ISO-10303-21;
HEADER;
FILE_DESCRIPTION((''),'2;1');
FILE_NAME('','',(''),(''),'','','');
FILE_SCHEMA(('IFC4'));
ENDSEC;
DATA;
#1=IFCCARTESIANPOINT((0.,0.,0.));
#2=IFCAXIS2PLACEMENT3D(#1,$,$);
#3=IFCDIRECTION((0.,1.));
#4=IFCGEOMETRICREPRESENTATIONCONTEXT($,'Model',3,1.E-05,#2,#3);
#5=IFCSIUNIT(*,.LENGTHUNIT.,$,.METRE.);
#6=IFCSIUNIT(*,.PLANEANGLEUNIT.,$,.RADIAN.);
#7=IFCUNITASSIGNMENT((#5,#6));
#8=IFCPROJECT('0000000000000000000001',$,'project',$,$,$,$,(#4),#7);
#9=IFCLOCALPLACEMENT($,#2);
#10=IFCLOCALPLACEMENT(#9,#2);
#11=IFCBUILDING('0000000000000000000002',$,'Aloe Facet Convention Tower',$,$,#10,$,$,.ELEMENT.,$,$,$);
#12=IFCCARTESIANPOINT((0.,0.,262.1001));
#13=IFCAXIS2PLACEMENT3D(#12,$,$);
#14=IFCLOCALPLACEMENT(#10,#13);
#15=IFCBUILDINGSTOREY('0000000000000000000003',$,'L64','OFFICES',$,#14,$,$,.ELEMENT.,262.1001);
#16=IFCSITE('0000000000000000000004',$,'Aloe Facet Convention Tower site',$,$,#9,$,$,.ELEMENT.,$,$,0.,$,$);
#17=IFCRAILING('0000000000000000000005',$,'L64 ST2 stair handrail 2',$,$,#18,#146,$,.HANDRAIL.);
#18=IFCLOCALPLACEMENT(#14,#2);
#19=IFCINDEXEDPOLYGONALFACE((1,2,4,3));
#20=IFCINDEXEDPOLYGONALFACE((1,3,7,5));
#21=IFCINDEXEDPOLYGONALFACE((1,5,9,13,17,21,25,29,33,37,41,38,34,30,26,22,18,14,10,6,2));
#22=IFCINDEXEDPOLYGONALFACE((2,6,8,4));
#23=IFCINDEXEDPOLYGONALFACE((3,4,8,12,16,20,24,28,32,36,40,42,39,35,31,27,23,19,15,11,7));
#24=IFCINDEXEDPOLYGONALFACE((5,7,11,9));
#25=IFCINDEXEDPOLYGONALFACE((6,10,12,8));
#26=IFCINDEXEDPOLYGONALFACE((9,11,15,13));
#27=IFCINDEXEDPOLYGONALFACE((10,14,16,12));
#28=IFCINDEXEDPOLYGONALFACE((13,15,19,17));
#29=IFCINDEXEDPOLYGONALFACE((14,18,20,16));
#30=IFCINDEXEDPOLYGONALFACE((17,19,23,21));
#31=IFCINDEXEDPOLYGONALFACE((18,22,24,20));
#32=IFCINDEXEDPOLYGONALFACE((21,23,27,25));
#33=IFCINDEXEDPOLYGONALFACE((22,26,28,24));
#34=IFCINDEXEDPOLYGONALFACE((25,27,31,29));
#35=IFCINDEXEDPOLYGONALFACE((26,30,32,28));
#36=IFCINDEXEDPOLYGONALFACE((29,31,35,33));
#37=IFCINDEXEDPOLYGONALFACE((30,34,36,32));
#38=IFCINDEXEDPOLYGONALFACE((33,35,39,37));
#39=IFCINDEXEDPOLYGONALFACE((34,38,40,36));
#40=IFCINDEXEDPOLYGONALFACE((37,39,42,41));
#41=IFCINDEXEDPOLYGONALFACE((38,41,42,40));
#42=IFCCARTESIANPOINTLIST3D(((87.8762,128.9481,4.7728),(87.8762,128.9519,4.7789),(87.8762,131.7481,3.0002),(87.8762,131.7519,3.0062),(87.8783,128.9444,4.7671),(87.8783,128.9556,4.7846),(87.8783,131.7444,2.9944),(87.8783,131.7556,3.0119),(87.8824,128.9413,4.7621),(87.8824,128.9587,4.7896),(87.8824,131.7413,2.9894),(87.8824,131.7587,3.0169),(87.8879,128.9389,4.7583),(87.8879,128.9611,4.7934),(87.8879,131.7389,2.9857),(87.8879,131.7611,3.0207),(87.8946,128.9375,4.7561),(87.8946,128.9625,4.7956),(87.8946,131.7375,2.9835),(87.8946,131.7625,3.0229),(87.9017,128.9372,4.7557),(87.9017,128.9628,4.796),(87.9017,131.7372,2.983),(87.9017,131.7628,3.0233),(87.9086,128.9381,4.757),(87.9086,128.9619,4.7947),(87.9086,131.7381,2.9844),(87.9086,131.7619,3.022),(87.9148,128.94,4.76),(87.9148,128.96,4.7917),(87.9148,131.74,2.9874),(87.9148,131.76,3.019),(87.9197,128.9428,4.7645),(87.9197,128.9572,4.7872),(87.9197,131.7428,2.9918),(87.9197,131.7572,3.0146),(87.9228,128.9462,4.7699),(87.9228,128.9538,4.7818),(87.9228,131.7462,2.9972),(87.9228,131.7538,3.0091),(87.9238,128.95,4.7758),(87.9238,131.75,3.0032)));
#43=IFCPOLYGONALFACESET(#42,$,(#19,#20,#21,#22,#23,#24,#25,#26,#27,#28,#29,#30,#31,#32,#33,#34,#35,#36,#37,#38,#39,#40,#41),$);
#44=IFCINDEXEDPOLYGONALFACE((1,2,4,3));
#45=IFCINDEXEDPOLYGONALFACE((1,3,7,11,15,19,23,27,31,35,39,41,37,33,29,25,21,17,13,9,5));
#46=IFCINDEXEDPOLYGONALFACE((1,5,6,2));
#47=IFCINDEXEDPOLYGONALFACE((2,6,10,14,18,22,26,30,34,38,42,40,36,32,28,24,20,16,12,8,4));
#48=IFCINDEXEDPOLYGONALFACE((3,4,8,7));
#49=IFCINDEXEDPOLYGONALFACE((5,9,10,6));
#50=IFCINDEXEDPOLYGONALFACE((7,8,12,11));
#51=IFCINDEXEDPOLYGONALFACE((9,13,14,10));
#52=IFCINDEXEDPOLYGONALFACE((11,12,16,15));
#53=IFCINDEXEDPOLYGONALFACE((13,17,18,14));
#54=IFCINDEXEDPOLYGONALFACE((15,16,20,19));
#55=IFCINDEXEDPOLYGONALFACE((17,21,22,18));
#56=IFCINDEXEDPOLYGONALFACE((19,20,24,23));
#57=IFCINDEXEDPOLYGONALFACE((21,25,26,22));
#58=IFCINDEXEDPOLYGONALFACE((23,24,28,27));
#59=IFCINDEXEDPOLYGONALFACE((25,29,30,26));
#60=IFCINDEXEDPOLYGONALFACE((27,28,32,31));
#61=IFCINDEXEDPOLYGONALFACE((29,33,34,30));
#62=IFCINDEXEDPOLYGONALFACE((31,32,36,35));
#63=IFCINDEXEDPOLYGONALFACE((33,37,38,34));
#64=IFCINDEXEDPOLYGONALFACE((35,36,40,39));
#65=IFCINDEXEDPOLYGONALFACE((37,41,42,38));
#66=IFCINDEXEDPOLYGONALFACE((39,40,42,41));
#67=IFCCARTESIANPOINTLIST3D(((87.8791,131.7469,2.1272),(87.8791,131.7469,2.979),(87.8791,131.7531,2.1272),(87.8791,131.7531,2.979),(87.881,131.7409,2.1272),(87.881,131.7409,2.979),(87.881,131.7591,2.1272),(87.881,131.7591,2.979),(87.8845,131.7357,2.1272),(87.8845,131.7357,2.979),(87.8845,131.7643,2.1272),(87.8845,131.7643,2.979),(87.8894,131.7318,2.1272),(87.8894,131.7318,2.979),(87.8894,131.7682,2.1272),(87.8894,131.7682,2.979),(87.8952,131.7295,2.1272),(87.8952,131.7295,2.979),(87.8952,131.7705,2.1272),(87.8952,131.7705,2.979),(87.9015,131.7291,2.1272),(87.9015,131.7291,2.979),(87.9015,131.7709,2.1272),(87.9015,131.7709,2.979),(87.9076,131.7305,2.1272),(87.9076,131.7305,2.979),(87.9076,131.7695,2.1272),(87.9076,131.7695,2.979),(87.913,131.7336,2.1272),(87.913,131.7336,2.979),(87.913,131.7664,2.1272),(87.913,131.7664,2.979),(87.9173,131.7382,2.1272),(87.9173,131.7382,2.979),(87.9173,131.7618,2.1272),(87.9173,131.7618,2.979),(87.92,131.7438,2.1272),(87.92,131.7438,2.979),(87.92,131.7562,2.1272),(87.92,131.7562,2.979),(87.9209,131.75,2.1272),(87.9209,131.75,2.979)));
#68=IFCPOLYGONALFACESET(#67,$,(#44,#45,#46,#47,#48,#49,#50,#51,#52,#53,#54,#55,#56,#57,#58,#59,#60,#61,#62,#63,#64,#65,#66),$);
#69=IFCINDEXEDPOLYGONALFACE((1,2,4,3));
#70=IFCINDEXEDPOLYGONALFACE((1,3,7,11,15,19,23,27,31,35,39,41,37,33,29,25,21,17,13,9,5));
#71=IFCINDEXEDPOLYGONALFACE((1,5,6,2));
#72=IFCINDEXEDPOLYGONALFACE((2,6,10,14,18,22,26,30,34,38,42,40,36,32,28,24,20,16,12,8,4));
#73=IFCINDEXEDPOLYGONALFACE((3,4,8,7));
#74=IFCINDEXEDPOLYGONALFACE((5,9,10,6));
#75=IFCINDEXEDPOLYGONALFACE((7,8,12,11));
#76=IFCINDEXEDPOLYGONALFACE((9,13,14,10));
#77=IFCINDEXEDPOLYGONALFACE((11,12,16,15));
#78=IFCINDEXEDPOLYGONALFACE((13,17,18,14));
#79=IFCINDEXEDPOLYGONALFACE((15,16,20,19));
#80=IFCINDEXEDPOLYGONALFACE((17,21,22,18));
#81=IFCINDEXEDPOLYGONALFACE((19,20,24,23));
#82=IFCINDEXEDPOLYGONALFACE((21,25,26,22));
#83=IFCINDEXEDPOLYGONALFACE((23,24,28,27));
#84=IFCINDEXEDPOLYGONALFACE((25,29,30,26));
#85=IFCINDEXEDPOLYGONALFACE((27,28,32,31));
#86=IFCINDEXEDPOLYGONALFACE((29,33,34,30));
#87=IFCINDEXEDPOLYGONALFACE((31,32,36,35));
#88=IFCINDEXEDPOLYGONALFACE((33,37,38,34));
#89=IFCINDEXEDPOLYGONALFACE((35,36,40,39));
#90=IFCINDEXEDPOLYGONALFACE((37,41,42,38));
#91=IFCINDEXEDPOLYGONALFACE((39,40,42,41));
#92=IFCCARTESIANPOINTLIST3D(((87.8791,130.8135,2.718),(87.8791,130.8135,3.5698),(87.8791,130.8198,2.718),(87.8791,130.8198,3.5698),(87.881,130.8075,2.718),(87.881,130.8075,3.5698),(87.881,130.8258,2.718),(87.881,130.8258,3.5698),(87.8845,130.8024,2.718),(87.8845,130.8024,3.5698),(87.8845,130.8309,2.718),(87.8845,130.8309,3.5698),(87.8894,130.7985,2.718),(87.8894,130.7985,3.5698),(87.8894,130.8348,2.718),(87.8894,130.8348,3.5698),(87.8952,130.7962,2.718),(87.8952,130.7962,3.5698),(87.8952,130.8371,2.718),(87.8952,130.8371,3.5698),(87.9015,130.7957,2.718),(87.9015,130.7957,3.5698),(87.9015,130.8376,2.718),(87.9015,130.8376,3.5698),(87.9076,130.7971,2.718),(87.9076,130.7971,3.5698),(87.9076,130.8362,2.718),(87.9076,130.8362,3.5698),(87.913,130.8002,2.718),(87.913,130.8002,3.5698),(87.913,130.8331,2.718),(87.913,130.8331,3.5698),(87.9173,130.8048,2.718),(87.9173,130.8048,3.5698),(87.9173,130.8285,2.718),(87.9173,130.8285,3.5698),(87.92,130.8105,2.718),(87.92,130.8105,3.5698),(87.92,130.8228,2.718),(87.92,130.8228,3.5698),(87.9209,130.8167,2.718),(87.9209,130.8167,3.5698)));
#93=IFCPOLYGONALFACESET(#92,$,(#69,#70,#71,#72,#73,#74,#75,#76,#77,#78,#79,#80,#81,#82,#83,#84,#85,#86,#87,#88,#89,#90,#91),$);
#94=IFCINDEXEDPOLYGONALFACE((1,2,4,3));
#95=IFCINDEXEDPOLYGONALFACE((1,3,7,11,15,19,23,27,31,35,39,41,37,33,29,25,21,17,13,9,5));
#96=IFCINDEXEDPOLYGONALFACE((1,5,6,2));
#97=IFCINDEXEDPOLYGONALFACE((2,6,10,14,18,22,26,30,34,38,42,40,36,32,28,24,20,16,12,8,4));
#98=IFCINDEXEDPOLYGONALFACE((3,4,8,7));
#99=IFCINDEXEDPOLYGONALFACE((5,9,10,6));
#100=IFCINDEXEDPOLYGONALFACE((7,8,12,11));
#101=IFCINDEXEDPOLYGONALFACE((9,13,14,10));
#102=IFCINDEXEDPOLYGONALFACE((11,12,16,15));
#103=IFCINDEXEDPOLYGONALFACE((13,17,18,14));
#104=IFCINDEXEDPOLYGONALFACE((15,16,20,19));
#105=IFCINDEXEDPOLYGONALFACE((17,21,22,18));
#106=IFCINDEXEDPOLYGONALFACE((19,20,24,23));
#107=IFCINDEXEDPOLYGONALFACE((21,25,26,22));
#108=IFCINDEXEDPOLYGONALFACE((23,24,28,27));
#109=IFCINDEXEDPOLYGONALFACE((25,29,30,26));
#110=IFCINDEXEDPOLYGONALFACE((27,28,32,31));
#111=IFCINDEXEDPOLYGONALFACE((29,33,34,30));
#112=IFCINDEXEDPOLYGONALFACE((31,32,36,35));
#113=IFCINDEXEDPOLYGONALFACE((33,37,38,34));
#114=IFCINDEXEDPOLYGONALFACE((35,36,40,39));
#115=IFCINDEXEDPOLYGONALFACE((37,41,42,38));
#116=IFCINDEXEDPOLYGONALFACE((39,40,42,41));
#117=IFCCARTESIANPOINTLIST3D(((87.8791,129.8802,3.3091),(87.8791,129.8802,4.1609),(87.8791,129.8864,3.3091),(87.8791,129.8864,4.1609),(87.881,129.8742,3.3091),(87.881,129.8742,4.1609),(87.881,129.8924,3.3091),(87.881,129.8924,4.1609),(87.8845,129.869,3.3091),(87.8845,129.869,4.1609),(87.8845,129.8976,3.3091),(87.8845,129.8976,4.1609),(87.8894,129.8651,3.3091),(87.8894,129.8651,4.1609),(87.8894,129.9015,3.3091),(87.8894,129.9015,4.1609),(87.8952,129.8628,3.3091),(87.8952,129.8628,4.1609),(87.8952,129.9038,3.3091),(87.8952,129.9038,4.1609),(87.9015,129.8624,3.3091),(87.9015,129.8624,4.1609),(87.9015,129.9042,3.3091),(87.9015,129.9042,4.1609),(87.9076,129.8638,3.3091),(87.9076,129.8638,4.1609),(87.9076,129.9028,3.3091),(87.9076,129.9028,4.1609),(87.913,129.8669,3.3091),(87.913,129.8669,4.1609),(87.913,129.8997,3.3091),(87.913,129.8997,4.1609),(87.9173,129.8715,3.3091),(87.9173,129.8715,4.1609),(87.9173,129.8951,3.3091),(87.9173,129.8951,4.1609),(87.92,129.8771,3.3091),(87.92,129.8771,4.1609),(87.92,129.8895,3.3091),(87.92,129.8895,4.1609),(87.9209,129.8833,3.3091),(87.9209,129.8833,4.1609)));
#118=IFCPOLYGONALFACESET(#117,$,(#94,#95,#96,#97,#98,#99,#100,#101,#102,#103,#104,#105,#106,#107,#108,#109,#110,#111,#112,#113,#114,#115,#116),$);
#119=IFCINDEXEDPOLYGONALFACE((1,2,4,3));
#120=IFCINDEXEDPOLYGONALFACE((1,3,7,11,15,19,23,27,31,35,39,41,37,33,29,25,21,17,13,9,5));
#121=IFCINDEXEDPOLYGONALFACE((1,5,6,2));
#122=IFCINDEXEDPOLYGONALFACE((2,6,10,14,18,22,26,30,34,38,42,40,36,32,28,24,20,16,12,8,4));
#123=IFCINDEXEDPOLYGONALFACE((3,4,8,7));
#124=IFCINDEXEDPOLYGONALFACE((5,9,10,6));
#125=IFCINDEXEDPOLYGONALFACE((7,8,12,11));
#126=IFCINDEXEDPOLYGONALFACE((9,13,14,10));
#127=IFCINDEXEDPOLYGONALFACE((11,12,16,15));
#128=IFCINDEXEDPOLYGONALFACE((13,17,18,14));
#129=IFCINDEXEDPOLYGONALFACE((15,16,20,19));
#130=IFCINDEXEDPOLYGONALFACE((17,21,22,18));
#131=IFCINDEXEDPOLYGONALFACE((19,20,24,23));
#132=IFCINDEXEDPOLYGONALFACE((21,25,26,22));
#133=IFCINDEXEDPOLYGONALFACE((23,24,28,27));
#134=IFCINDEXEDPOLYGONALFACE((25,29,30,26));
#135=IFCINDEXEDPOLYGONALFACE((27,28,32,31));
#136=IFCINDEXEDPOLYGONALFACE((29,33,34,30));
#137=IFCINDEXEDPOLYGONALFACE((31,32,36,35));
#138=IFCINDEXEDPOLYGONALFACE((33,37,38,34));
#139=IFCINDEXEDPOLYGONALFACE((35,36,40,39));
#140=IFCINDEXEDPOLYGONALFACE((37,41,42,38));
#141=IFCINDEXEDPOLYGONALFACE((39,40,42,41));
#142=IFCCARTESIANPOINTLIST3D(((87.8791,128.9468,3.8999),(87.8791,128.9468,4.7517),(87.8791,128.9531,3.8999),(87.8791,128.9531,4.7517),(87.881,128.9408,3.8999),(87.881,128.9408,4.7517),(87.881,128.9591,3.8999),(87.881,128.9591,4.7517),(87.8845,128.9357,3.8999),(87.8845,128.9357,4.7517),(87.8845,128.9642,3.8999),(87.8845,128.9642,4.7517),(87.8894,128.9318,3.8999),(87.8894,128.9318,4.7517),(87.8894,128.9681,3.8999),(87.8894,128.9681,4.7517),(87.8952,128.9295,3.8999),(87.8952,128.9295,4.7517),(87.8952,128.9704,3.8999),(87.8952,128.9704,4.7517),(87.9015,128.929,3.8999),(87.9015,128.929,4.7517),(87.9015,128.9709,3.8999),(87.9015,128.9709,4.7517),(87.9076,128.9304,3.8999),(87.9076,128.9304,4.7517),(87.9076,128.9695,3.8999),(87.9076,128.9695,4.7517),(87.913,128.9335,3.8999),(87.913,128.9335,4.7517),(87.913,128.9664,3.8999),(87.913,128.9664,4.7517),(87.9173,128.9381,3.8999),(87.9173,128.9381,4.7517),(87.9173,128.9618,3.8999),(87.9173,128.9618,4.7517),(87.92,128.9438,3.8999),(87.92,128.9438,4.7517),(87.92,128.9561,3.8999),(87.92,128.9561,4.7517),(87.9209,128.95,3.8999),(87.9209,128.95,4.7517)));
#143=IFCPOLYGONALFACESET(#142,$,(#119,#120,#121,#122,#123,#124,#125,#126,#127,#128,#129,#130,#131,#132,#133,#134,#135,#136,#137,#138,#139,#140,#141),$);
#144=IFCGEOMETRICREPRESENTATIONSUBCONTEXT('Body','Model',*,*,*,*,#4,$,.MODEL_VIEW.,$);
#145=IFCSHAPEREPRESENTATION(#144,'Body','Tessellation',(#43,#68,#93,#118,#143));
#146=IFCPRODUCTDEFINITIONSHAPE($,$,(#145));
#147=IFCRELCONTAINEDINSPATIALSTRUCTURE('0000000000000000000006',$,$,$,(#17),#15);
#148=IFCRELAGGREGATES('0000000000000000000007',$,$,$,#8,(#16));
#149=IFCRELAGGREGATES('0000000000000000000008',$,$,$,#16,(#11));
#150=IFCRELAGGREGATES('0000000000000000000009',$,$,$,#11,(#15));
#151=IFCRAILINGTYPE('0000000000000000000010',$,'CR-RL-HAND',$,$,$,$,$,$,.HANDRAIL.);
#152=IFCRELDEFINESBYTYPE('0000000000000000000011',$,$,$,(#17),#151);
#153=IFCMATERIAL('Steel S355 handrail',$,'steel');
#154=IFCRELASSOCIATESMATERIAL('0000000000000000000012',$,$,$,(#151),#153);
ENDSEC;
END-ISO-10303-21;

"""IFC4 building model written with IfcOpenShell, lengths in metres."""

from ifc_helpers import new_model, si_unit, direction, frame, origin, origin_2d, place, context, subcontext, project, spatial, circle, extrude, material, type_object, element, save


model = new_model("IFC4")

# Units and contexts
model_context = context("Model", 3, precision=1e-05, world=origin(), true_north=direction((0.0, 1.0)))
body_context = subcontext(model_context, "Body", "Model", "MODEL_VIEW")
ifc_project = project(units=[si_unit("LENGTHUNIT", "METRE"), si_unit("PLANEANGLEUNIT", "RADIAN")], contexts=[model_context])

# Site, building, storey
site_placement = place(None, origin())
site = spatial("IfcSite", under=ifc_project, at=site_placement, Name="Aloe Facet Convention Tower site", CompositionType="ELEMENT", RefElevation=0.0)
building_placement = place(site_placement, origin())
building = spatial("IfcBuilding", under=site, at=building_placement, Name="Aloe Facet Convention Tower", CompositionType="ELEMENT")
storey_placement = place(building_placement, frame((0.0, 0.0, 262.1001)))
storey = spatial("IfcBuildingStorey", under=building, at=storey_placement, Name="L64", Description="OFFICES", CompositionType="ELEMENT", Elevation=262.1001)

# Railing
ifc_material_1 = material(Name="Steel S355 handrail", Category="steel")
railing_type_1 = type_object("IfcRailingType", Name="CR-RL-HAND", PredefinedType="HANDRAIL", material=ifc_material_1)
railing_1_placement = place(storey_placement, frame((87.8999, 131.75, 2.1272)))
element("IfcRailing", 1, at=railing_1_placement, inside=storey, type_object=railing_type_1, Name="L64 ST2 stair handrail 2", PredefinedType="HANDRAIL", context=body_context, shape_type="SweptSolid", body=[
    extrude(circle(Radius=0.0239, at=origin_2d()), frame((0.0, 0.0, 0.876), z_axis=(0.0, -0.844909, 0.53491), x_axis=(1.0, 0.0, 0.0)), (0.0, 0.0, 1.0), 3.314),
    extrude(circle(Radius=0.021, at=origin_2d()), origin(), (0.0, 0.0, 1.0), 0.8518),
    extrude(circle(Radius=0.021, at=origin_2d()), frame((0.0, -0.9333, 0.5908)), (0.0, 0.0, 1.0), 0.8518),
    extrude(circle(Radius=0.021, at=origin_2d()), frame((0.0, -1.8667, 1.1819)), (0.0, 0.0, 1.0), 0.8518),
    extrude(circle(Radius=0.021, at=origin_2d()), frame((0.0, -2.8, 1.7727)), (0.0, 0.0, 1.0), 0.8518),
])

save(model, "model.ifc")
